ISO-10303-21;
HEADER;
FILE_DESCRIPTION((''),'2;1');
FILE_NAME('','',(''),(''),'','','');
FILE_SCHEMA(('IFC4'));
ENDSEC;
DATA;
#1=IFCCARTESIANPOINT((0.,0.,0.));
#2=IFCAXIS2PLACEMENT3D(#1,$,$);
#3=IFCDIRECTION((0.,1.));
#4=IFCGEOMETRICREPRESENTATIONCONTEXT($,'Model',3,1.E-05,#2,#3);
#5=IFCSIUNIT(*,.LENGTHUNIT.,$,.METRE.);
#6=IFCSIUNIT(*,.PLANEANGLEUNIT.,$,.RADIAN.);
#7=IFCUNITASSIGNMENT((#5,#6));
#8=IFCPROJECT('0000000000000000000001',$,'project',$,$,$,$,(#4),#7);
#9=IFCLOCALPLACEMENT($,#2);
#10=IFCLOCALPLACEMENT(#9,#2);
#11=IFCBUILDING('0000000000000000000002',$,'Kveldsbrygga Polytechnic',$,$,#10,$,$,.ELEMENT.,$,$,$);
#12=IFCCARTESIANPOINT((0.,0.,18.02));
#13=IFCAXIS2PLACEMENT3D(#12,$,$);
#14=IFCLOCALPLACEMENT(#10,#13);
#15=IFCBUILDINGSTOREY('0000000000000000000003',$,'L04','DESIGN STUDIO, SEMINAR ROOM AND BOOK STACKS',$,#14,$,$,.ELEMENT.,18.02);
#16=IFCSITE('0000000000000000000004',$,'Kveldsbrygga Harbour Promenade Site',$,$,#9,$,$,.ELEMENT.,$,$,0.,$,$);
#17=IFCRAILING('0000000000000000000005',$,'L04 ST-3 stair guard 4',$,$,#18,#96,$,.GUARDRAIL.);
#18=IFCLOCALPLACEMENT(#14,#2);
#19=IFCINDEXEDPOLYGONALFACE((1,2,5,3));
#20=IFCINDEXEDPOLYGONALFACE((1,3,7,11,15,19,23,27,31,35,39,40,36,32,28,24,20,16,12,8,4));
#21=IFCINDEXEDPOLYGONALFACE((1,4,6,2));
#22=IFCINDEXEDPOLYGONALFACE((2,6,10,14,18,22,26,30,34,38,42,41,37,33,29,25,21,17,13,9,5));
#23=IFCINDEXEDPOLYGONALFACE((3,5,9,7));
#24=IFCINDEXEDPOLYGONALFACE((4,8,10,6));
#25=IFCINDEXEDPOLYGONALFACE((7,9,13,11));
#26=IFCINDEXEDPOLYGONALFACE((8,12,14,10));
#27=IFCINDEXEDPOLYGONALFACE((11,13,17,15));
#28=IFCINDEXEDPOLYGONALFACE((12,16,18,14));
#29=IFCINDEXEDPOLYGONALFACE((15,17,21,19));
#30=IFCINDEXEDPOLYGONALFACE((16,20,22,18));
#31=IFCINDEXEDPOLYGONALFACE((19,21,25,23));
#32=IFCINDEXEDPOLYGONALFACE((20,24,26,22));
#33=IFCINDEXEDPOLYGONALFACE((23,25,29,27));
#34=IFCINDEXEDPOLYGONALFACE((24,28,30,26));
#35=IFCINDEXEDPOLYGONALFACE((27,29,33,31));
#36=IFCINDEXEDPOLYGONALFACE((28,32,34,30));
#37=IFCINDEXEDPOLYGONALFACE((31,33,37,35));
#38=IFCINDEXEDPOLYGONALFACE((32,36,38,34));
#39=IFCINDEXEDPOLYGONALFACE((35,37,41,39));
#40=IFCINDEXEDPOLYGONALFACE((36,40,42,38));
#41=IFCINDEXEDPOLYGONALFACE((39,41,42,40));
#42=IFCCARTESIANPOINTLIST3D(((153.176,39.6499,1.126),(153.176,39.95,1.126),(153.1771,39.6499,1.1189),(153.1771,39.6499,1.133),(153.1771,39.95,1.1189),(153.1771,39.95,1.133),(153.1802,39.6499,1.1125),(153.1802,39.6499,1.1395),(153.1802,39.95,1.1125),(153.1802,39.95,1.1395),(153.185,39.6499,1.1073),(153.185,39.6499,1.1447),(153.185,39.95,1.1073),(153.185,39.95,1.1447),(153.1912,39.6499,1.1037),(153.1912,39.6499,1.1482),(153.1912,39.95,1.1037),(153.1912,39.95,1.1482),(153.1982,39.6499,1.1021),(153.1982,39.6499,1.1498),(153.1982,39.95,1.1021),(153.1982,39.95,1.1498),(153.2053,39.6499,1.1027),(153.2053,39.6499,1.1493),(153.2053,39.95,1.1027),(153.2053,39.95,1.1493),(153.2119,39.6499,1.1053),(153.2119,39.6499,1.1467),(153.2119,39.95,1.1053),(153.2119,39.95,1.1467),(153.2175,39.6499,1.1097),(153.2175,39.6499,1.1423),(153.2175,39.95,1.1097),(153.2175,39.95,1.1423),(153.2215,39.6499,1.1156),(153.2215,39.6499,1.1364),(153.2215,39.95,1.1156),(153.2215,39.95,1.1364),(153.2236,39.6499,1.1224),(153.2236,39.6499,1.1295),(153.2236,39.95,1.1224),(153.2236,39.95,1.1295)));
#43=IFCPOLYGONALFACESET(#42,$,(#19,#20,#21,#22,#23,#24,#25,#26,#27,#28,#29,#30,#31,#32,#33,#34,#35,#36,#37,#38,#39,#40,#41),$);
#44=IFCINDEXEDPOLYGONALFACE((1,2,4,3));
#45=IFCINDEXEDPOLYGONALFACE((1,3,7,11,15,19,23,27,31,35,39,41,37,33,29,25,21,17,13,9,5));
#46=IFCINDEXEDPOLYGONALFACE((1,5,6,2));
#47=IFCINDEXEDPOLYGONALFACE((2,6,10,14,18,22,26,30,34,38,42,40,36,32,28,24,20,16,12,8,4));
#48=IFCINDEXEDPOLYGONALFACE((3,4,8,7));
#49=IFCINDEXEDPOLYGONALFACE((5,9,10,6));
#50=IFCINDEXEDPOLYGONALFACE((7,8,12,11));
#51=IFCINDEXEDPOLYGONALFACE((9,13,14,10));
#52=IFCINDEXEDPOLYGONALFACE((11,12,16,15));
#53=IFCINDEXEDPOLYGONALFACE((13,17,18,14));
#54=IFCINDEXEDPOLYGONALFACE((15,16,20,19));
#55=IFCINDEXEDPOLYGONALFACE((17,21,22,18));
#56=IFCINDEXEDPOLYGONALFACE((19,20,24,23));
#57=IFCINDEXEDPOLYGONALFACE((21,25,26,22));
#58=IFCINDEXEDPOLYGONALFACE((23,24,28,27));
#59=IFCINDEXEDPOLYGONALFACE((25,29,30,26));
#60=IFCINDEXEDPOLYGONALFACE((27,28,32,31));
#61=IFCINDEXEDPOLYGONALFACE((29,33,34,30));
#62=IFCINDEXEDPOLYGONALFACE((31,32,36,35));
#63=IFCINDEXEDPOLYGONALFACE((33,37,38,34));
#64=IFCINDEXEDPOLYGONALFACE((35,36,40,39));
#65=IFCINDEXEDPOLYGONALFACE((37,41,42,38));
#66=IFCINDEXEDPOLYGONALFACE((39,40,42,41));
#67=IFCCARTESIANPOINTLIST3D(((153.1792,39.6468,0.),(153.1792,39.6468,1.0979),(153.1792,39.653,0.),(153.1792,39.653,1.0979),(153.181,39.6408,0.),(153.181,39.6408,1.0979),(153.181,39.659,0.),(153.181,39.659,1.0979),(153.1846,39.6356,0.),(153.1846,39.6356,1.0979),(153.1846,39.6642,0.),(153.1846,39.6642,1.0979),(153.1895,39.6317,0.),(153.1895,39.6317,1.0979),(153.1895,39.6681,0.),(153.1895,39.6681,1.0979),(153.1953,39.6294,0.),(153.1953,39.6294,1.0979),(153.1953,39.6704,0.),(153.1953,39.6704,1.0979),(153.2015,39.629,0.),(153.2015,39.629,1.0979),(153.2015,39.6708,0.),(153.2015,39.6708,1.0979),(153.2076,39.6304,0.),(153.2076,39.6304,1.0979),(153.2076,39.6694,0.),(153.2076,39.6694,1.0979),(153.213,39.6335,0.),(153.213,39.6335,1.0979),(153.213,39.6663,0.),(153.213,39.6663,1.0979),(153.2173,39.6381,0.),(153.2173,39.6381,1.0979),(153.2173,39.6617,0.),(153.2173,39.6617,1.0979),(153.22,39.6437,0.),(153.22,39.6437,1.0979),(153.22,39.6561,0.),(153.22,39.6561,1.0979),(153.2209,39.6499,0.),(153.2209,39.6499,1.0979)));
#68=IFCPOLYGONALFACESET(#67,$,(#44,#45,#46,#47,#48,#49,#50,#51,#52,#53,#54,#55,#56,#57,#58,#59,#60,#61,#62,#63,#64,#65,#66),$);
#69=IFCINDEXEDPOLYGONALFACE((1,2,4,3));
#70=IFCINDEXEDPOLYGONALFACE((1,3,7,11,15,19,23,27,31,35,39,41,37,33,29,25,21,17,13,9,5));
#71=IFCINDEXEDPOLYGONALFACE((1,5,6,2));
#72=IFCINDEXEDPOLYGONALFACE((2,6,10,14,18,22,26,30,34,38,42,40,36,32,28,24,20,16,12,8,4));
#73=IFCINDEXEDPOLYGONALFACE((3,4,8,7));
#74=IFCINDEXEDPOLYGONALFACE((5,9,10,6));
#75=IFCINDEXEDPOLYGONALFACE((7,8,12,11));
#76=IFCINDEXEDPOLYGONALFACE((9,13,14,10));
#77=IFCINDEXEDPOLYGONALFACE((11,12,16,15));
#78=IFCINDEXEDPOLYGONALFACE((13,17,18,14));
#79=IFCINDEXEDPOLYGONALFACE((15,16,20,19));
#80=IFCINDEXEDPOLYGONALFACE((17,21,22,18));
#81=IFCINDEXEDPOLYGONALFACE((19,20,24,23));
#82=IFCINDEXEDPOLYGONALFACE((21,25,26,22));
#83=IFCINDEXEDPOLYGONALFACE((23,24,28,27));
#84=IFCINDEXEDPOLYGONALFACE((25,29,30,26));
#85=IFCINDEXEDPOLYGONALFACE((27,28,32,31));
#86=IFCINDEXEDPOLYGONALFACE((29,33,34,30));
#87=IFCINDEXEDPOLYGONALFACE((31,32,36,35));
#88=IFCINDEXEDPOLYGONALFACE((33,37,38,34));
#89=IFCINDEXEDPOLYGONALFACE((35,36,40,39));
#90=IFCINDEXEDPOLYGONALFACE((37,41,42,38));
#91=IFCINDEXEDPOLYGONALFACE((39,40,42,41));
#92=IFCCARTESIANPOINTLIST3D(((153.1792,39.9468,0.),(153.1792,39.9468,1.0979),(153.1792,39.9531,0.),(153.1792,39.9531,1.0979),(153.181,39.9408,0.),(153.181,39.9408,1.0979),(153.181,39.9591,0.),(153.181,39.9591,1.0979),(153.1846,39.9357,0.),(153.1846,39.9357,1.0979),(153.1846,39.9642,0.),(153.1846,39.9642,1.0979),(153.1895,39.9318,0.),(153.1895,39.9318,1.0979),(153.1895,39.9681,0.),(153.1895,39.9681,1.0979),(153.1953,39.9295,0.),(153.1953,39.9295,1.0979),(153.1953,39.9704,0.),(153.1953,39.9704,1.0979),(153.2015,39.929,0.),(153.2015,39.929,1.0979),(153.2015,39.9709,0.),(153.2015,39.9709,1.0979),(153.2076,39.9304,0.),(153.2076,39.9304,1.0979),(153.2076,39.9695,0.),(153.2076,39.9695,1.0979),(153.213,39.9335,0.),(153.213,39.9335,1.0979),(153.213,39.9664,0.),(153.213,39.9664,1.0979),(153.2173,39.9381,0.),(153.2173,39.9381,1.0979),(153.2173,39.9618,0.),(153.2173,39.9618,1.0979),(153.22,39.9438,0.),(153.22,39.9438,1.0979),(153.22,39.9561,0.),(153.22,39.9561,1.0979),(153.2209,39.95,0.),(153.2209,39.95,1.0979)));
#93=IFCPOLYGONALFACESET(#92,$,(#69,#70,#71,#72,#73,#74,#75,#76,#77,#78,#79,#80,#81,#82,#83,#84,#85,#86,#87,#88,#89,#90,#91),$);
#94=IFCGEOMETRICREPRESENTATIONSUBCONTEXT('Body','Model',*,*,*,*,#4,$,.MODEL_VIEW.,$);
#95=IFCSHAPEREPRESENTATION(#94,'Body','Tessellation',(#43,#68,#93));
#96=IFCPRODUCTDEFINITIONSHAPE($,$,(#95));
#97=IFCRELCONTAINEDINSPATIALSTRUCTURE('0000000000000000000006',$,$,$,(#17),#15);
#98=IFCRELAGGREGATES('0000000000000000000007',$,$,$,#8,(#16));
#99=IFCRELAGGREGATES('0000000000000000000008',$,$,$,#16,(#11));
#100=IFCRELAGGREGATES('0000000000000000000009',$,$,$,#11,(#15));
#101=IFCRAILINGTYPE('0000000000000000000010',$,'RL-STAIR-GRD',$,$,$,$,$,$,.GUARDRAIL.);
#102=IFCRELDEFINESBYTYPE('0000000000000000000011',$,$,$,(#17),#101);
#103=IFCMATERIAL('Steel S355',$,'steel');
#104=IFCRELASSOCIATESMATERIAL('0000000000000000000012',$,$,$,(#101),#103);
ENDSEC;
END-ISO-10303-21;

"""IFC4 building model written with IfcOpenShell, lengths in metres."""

from ifc_helpers import new_model, si_unit, direction, frame, origin, origin_2d, place, context, subcontext, project, spatial, circle, extrude, material, type_object, element, save


model = new_model("IFC4")

# Units and contexts
model_context = context("Model", 3, precision=1e-05, world=origin(), true_north=direction((0.0, 1.0)))
body_context = subcontext(model_context, "Body", "Model", "MODEL_VIEW")
ifc_project = project(units=[si_unit("LENGTHUNIT", "METRE"), si_unit("PLANEANGLEUNIT", "RADIAN")], contexts=[model_context])

# Site, building, storey
site_placement = place(None, origin())
site = spatial("IfcSite", under=ifc_project, at=site_placement, Name="Kveldsbrygga Harbour Promenade Site", CompositionType="ELEMENT", RefElevation=0.0)
building_placement = place(site_placement, origin())
building = spatial("IfcBuilding", under=site, at=building_placement, Name="Kveldsbrygga Polytechnic", CompositionType="ELEMENT")
storey_placement = place(building_placement, frame((0.0, 0.0, 18.02)))
storey = spatial("IfcBuildingStorey", under=building, at=storey_placement, Name="L04", Description="DESIGN STUDIO, SEMINAR ROOM AND BOOK STACKS", CompositionType="ELEMENT", Elevation=18.02)

# Shared definitions
ifc_material_1 = material(Name="Steel S355", Category="steel")

# Railing
railing_type = type_object("IfcRailingType", Name="RL-STAIR-GRD", PredefinedType="GUARDRAIL", material=ifc_material_1)
railing_1_placement = place(storey_placement, frame((153.2, 39.6499, 0.0)))
element("IfcRailing", 1, at=railing_1_placement, inside=storey, type_object=railing_type, Name="L04 ST-3 stair guard 4", PredefinedType="GUARDRAIL", context=body_context, shape_type="SweptSolid", body=[
    extrude(circle(Radius=0.0239, at=origin_2d()), frame((0.0, 0.0, 1.126), z_axis=(0.0, 1.0, 0.0), x_axis=(-1.0, 0.0, 0.0)), (0.0, 0.0, 1.0), 0.3),
    extrude(circle(Radius=0.021, at=origin_2d()), origin(), (0.0, 0.0, 1.0), 1.0979),
    extrude(circle(Radius=0.021, at=origin_2d()), frame((0.0, 0.3, 0.0)), (0.0, 0.0, 1.0), 1.0979),
])

save(model, "model.ifc")
